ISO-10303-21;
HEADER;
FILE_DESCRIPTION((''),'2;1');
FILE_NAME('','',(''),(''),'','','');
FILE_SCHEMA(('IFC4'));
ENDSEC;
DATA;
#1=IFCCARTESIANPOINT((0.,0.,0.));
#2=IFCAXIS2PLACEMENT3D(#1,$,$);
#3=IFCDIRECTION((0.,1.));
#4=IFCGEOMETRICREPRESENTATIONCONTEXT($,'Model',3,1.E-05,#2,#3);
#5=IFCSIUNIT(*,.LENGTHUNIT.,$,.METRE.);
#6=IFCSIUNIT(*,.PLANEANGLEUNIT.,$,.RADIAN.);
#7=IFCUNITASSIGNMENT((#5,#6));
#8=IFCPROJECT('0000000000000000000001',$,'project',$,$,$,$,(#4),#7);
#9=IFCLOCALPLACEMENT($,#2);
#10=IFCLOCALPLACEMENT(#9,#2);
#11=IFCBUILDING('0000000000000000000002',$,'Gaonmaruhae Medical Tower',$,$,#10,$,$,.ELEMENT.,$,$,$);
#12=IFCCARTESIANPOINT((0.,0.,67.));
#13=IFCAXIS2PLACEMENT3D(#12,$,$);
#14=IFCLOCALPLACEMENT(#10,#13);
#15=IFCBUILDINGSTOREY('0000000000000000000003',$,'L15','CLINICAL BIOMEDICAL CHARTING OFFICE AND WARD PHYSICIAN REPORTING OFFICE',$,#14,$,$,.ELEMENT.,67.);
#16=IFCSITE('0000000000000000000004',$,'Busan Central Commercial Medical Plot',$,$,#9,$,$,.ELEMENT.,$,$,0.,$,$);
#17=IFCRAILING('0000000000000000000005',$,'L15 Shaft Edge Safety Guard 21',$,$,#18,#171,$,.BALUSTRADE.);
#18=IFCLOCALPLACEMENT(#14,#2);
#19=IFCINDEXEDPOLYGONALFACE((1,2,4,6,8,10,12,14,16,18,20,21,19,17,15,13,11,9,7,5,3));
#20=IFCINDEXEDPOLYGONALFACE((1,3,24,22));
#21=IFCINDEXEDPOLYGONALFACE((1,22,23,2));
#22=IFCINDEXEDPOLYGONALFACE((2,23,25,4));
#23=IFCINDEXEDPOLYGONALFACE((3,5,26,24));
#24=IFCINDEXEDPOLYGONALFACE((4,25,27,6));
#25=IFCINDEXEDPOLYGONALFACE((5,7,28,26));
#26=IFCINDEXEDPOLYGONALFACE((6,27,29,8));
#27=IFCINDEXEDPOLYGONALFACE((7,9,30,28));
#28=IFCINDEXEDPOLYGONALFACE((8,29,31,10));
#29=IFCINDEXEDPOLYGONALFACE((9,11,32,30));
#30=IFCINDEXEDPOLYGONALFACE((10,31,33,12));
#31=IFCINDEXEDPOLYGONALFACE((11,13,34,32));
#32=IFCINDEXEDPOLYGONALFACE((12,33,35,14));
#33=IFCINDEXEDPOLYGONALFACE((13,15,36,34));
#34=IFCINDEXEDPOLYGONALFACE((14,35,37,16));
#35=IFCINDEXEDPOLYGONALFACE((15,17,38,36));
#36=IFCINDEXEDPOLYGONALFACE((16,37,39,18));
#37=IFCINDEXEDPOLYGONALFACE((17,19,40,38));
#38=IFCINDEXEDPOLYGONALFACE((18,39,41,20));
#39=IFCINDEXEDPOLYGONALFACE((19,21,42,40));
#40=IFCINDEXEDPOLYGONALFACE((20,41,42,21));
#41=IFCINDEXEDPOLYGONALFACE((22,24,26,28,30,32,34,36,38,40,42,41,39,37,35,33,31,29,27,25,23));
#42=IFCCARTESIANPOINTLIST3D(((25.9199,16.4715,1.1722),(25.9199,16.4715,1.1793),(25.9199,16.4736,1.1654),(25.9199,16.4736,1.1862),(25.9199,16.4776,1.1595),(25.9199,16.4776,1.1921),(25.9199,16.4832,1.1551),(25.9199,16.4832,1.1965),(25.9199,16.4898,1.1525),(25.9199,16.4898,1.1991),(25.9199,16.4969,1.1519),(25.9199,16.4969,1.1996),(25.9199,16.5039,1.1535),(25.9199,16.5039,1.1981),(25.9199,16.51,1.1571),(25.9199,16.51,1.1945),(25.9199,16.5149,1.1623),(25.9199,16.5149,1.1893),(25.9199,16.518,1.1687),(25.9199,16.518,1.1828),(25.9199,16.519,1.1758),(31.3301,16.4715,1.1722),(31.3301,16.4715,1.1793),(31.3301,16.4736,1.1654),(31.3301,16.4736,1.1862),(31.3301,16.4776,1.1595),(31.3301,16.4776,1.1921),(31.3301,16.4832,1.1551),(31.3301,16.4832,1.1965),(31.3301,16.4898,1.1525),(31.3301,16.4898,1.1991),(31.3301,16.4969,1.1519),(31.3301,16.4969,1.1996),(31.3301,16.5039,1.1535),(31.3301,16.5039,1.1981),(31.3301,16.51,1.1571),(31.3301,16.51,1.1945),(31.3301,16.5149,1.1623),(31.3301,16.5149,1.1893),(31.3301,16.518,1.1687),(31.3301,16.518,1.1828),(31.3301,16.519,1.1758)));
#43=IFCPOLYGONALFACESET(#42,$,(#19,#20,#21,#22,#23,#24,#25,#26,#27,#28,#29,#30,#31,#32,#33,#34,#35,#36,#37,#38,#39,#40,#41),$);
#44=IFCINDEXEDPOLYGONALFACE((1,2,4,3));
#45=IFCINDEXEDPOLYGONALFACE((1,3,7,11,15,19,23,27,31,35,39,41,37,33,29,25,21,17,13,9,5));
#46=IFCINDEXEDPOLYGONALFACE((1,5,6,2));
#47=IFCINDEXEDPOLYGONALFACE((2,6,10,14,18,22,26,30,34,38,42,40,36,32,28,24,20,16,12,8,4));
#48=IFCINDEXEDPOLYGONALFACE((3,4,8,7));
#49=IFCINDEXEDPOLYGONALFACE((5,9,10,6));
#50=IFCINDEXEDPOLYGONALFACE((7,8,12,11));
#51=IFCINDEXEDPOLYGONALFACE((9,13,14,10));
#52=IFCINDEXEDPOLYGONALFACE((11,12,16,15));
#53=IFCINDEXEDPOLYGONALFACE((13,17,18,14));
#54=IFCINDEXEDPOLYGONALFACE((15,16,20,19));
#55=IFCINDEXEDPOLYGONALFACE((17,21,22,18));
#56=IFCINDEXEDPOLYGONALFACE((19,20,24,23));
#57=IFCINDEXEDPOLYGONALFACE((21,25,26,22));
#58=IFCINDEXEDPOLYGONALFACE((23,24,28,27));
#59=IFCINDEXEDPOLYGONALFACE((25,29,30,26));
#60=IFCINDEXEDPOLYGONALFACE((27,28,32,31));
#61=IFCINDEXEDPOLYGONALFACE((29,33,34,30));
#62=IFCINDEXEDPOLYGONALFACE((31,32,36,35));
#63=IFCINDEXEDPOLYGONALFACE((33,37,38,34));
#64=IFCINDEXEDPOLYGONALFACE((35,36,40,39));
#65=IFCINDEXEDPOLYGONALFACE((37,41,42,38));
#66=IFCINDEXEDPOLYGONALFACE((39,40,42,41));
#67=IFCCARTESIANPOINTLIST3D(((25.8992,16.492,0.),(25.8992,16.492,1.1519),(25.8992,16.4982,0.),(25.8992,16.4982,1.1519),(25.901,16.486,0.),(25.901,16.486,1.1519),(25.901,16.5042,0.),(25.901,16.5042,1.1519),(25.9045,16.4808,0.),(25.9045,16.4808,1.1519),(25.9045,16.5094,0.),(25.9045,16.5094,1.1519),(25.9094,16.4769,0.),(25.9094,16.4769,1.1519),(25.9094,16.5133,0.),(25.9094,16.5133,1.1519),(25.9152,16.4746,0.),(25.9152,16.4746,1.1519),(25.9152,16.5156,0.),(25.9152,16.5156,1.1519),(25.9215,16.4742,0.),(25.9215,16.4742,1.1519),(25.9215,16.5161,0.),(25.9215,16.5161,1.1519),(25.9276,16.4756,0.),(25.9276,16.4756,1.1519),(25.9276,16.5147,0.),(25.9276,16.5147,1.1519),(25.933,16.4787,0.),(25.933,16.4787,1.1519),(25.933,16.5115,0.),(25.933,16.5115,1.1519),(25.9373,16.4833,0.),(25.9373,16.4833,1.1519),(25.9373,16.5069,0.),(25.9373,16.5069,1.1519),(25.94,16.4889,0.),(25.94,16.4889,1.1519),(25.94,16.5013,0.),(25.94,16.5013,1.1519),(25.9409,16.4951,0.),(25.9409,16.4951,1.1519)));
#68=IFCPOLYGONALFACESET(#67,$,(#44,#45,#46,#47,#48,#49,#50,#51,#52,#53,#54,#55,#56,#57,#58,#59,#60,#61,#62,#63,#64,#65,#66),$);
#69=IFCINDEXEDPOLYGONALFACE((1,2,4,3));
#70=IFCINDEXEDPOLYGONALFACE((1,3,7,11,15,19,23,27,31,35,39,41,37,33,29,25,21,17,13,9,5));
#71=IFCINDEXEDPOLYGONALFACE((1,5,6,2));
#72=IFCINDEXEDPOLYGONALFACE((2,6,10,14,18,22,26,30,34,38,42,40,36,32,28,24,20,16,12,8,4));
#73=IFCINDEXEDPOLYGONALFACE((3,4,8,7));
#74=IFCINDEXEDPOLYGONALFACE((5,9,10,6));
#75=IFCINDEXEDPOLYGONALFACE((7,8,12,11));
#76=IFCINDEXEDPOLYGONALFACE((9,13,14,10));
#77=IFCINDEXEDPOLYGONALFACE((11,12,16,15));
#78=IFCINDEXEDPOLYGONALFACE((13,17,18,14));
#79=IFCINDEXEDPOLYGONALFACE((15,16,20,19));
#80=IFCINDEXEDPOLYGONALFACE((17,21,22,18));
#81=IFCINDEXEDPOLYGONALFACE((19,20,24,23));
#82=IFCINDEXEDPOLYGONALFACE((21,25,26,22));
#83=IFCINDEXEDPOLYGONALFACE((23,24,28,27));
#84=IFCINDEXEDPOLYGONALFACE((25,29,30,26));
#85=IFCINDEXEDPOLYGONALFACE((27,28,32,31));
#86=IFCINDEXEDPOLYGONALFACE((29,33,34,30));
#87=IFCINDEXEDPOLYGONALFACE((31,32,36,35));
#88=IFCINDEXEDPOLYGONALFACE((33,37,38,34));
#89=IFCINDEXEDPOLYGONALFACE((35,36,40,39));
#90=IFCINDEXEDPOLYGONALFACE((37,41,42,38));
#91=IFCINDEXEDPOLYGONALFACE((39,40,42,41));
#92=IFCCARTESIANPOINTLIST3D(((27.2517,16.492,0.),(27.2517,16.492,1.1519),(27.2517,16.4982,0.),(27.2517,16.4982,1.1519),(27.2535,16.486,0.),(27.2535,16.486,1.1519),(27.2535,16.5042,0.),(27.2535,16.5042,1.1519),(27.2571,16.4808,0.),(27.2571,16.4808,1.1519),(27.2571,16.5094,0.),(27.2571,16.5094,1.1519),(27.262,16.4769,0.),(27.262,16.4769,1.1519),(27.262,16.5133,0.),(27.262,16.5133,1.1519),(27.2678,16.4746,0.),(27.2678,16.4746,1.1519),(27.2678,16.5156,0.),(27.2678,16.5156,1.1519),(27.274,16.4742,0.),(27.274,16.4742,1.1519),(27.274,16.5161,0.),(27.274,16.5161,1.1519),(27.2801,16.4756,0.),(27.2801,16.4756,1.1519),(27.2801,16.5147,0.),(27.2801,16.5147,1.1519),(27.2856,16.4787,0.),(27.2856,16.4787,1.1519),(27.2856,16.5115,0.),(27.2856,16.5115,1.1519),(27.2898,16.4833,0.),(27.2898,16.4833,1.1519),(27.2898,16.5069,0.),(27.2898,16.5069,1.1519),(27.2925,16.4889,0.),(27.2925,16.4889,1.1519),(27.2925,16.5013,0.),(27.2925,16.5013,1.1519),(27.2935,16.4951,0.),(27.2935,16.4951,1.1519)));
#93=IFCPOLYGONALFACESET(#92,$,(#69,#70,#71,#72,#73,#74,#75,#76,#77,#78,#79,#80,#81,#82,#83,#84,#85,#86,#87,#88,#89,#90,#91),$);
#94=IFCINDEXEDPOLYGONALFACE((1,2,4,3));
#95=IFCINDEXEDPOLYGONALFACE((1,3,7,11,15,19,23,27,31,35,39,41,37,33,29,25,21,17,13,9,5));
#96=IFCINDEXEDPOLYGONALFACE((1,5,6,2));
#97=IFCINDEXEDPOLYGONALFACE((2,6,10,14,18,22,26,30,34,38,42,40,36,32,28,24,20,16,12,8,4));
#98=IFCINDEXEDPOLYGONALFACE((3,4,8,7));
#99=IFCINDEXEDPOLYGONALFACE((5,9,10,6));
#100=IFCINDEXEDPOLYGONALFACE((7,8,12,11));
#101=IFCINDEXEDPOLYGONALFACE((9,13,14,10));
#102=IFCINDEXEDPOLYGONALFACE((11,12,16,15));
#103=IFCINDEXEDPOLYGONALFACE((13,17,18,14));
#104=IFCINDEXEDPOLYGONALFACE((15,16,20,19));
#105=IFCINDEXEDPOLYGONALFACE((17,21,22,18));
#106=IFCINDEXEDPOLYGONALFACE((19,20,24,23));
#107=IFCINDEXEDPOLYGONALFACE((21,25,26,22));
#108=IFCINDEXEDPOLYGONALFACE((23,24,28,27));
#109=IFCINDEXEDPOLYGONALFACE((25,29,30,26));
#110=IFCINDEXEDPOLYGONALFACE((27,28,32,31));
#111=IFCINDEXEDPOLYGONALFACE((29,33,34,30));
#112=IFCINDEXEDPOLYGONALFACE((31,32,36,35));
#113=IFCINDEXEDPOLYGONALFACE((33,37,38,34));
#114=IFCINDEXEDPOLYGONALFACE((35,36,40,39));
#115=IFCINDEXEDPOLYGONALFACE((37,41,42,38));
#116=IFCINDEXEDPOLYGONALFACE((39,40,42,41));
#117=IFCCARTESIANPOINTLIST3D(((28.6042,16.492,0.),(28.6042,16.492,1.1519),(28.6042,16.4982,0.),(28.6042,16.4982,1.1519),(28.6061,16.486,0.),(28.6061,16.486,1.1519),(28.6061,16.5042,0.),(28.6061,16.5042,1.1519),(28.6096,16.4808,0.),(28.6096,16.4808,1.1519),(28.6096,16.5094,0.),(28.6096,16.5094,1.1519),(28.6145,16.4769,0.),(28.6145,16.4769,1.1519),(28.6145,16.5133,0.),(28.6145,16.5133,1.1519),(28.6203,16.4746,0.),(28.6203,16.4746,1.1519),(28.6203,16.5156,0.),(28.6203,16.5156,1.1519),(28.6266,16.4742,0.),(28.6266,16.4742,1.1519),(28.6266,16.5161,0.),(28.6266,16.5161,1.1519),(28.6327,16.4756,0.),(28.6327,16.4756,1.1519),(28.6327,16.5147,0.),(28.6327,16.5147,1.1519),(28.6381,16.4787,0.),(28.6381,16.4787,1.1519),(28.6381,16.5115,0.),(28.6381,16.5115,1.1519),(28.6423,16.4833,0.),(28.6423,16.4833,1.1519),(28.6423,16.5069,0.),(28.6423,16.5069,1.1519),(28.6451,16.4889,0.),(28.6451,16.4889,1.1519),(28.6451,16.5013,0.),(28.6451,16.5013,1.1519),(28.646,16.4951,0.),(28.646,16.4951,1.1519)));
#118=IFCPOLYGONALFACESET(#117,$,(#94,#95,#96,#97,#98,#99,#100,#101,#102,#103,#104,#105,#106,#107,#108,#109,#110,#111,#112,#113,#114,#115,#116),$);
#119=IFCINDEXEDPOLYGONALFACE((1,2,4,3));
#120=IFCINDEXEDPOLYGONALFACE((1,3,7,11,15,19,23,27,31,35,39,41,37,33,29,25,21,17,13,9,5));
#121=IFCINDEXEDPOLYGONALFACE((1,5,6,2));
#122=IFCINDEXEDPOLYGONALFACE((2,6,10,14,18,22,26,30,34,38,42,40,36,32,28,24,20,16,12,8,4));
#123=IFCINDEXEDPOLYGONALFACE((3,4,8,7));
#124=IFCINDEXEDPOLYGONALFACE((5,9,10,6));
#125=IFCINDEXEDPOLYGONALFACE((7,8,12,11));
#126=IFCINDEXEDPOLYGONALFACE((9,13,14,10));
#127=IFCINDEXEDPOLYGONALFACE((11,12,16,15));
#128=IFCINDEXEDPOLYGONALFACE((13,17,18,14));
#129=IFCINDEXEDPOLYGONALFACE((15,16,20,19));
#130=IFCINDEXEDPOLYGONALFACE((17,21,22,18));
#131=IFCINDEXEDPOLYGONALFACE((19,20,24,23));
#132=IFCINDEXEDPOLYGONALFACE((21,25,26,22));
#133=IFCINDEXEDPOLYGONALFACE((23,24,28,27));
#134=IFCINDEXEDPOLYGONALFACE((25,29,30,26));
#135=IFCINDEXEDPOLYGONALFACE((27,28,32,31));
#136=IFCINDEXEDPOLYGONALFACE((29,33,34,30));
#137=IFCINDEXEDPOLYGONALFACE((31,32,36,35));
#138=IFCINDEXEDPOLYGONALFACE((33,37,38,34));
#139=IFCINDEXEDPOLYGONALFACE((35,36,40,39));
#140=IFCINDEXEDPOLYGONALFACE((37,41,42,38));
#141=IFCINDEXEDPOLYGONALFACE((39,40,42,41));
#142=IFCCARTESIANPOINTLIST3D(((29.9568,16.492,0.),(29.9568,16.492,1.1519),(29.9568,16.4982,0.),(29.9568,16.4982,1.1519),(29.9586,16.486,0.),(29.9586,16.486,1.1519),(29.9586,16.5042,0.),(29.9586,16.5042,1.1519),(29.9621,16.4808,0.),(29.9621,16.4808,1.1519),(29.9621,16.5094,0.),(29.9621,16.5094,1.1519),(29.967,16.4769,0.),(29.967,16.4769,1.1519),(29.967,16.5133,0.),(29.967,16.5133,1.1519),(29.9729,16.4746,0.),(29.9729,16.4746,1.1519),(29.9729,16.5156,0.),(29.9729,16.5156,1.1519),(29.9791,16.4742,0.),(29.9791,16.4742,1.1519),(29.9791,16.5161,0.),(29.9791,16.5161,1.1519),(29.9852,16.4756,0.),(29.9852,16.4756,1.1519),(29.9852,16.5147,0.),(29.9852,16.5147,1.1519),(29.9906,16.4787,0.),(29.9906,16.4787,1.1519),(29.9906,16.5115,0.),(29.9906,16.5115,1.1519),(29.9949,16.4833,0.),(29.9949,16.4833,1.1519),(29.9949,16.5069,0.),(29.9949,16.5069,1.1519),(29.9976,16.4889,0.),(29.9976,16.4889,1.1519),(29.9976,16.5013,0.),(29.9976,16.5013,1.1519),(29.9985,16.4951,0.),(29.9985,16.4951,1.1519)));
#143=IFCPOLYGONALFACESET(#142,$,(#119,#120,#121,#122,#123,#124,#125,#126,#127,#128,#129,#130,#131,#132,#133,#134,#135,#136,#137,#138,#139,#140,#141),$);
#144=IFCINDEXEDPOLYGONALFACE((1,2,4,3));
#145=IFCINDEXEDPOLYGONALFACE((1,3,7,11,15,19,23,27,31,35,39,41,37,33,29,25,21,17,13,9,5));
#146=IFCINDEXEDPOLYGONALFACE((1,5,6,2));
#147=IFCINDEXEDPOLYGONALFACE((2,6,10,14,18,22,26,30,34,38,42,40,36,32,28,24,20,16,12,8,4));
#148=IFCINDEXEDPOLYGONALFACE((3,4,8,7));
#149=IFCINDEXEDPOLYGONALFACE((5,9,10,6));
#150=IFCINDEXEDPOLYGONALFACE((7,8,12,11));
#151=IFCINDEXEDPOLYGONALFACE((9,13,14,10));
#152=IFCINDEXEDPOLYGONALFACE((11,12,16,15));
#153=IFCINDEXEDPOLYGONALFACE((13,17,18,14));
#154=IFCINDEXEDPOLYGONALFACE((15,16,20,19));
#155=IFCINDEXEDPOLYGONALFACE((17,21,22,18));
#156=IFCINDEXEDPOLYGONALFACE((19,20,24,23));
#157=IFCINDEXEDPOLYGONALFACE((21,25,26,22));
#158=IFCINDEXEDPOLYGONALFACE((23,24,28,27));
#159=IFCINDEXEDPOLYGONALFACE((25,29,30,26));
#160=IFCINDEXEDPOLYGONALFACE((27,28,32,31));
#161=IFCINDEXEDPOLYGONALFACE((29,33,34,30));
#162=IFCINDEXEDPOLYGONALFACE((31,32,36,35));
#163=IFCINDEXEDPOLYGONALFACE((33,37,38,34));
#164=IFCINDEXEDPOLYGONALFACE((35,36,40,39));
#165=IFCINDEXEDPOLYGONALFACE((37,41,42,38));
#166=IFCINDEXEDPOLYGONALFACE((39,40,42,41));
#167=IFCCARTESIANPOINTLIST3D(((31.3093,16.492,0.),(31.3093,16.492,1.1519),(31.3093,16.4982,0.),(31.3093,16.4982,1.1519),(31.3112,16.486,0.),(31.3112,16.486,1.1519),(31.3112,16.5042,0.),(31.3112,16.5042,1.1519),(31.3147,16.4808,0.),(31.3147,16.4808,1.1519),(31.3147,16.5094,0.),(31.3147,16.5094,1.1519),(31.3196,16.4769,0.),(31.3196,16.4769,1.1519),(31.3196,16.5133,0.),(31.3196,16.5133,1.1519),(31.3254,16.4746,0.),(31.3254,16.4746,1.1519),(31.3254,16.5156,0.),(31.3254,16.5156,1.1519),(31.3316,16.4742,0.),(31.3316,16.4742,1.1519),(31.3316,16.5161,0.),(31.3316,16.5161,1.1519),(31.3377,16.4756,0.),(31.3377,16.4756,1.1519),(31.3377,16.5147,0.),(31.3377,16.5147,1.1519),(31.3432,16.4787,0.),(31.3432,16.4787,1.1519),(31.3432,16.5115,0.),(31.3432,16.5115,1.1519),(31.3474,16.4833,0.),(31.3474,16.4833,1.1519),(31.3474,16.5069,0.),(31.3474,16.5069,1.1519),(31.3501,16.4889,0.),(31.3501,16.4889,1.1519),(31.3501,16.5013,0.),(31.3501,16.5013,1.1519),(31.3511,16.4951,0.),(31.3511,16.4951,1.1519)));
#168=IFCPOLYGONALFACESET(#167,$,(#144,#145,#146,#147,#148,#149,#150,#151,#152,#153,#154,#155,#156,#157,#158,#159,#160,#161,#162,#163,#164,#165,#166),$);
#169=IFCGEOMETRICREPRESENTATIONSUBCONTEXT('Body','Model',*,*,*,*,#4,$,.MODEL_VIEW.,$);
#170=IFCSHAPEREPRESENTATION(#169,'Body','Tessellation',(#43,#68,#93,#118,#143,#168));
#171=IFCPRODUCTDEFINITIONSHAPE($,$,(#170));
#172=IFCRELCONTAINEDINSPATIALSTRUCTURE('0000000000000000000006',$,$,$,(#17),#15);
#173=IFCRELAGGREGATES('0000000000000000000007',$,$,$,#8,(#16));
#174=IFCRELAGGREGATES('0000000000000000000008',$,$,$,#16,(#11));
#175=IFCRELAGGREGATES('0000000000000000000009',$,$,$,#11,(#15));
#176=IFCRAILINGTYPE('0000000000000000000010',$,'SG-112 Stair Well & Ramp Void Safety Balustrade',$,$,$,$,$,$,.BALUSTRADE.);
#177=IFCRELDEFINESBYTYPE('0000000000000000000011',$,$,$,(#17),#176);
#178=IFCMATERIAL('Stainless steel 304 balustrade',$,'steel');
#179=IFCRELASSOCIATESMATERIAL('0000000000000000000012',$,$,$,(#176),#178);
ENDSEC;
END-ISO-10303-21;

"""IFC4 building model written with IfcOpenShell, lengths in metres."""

from ifc_helpers import new_model, si_unit, direction, frame, origin, origin_2d, place, context, subcontext, project, spatial, circle, extrude, material, type_object, element, save


model = new_model("IFC4")

# Units and contexts
model_context = context("Model", 3, precision=1e-05, world=origin(), true_north=direction((0.0, 1.0)))
body_context = subcontext(model_context, "Body", "Model", "MODEL_VIEW")
ifc_project = project(units=[si_unit("LENGTHUNIT", "METRE"), si_unit("PLANEANGLEUNIT", "RADIAN")], contexts=[model_context])

# Site, building, storey
site_placement = place(None, origin())
site = spatial("IfcSite", under=ifc_project, at=site_placement, Name="Busan Central Commercial Medical Plot", CompositionType="ELEMENT", RefElevation=0.0)
building_placement = place(site_placement, origin())
building = spatial("IfcBuilding", under=site, at=building_placement, Name="Gaonmaruhae Medical Tower", CompositionType="ELEMENT")
storey_placement = place(building_placement, frame((0.0, 0.0, 67.0)))
storey = spatial("IfcBuildingStorey", under=building, at=storey_placement, Name="L15", Description="CLINICAL BIOMEDICAL CHARTING OFFICE AND WARD PHYSICIAN REPORTING OFFICE", CompositionType="ELEMENT", Elevation=67.0)

# Railing
ifc_material_1 = material(Name="Stainless steel 304 balustrade", Category="steel")
railing_type = type_object("IfcRailingType", Name="SG-112 Stair Well & Ramp Void Safety Balustrade", PredefinedType="BALUSTRADE", material=ifc_material_1)
railing_1_placement = place(storey_placement, frame((25.9199, 16.4951, 0.0)))
element("IfcRailing", 1, at=railing_1_placement, inside=storey, type_object=railing_type, Name="L15 Shaft Edge Safety Guard 21", PredefinedType="BALUSTRADE", context=body_context, shape_type="SweptSolid", body=[
    extrude(circle(Radius=0.0239, at=origin_2d()), frame((0.0, 0.0, 1.1758), z_axis=(1.0, 0.0, 0.0), x_axis=(0.0, 1.0, 0.0)), (0.0, 0.0, 1.0), 5.4102),
    extrude(circle(Radius=0.021, at=origin_2d()), origin(), (0.0, 0.0, 1.0), 1.1519),
    extrude(circle(Radius=0.021, at=origin_2d()), frame((1.3525, 0.0, 0.0)), (0.0, 0.0, 1.0), 1.1519),
    extrude(circle(Radius=0.021, at=origin_2d()), frame((2.7051, 0.0, 0.0)), (0.0, 0.0, 1.0), 1.1519),
    extrude(circle(Radius=0.021, at=origin_2d()), frame((4.0576, 0.0, 0.0)), (0.0, 0.0, 1.0), 1.1519),
    extrude(circle(Radius=0.021, at=origin_2d()), frame((5.4102, 0.0, 0.0)), (0.0, 0.0, 1.0), 1.1519),
])

save(model, "model.ifc")
